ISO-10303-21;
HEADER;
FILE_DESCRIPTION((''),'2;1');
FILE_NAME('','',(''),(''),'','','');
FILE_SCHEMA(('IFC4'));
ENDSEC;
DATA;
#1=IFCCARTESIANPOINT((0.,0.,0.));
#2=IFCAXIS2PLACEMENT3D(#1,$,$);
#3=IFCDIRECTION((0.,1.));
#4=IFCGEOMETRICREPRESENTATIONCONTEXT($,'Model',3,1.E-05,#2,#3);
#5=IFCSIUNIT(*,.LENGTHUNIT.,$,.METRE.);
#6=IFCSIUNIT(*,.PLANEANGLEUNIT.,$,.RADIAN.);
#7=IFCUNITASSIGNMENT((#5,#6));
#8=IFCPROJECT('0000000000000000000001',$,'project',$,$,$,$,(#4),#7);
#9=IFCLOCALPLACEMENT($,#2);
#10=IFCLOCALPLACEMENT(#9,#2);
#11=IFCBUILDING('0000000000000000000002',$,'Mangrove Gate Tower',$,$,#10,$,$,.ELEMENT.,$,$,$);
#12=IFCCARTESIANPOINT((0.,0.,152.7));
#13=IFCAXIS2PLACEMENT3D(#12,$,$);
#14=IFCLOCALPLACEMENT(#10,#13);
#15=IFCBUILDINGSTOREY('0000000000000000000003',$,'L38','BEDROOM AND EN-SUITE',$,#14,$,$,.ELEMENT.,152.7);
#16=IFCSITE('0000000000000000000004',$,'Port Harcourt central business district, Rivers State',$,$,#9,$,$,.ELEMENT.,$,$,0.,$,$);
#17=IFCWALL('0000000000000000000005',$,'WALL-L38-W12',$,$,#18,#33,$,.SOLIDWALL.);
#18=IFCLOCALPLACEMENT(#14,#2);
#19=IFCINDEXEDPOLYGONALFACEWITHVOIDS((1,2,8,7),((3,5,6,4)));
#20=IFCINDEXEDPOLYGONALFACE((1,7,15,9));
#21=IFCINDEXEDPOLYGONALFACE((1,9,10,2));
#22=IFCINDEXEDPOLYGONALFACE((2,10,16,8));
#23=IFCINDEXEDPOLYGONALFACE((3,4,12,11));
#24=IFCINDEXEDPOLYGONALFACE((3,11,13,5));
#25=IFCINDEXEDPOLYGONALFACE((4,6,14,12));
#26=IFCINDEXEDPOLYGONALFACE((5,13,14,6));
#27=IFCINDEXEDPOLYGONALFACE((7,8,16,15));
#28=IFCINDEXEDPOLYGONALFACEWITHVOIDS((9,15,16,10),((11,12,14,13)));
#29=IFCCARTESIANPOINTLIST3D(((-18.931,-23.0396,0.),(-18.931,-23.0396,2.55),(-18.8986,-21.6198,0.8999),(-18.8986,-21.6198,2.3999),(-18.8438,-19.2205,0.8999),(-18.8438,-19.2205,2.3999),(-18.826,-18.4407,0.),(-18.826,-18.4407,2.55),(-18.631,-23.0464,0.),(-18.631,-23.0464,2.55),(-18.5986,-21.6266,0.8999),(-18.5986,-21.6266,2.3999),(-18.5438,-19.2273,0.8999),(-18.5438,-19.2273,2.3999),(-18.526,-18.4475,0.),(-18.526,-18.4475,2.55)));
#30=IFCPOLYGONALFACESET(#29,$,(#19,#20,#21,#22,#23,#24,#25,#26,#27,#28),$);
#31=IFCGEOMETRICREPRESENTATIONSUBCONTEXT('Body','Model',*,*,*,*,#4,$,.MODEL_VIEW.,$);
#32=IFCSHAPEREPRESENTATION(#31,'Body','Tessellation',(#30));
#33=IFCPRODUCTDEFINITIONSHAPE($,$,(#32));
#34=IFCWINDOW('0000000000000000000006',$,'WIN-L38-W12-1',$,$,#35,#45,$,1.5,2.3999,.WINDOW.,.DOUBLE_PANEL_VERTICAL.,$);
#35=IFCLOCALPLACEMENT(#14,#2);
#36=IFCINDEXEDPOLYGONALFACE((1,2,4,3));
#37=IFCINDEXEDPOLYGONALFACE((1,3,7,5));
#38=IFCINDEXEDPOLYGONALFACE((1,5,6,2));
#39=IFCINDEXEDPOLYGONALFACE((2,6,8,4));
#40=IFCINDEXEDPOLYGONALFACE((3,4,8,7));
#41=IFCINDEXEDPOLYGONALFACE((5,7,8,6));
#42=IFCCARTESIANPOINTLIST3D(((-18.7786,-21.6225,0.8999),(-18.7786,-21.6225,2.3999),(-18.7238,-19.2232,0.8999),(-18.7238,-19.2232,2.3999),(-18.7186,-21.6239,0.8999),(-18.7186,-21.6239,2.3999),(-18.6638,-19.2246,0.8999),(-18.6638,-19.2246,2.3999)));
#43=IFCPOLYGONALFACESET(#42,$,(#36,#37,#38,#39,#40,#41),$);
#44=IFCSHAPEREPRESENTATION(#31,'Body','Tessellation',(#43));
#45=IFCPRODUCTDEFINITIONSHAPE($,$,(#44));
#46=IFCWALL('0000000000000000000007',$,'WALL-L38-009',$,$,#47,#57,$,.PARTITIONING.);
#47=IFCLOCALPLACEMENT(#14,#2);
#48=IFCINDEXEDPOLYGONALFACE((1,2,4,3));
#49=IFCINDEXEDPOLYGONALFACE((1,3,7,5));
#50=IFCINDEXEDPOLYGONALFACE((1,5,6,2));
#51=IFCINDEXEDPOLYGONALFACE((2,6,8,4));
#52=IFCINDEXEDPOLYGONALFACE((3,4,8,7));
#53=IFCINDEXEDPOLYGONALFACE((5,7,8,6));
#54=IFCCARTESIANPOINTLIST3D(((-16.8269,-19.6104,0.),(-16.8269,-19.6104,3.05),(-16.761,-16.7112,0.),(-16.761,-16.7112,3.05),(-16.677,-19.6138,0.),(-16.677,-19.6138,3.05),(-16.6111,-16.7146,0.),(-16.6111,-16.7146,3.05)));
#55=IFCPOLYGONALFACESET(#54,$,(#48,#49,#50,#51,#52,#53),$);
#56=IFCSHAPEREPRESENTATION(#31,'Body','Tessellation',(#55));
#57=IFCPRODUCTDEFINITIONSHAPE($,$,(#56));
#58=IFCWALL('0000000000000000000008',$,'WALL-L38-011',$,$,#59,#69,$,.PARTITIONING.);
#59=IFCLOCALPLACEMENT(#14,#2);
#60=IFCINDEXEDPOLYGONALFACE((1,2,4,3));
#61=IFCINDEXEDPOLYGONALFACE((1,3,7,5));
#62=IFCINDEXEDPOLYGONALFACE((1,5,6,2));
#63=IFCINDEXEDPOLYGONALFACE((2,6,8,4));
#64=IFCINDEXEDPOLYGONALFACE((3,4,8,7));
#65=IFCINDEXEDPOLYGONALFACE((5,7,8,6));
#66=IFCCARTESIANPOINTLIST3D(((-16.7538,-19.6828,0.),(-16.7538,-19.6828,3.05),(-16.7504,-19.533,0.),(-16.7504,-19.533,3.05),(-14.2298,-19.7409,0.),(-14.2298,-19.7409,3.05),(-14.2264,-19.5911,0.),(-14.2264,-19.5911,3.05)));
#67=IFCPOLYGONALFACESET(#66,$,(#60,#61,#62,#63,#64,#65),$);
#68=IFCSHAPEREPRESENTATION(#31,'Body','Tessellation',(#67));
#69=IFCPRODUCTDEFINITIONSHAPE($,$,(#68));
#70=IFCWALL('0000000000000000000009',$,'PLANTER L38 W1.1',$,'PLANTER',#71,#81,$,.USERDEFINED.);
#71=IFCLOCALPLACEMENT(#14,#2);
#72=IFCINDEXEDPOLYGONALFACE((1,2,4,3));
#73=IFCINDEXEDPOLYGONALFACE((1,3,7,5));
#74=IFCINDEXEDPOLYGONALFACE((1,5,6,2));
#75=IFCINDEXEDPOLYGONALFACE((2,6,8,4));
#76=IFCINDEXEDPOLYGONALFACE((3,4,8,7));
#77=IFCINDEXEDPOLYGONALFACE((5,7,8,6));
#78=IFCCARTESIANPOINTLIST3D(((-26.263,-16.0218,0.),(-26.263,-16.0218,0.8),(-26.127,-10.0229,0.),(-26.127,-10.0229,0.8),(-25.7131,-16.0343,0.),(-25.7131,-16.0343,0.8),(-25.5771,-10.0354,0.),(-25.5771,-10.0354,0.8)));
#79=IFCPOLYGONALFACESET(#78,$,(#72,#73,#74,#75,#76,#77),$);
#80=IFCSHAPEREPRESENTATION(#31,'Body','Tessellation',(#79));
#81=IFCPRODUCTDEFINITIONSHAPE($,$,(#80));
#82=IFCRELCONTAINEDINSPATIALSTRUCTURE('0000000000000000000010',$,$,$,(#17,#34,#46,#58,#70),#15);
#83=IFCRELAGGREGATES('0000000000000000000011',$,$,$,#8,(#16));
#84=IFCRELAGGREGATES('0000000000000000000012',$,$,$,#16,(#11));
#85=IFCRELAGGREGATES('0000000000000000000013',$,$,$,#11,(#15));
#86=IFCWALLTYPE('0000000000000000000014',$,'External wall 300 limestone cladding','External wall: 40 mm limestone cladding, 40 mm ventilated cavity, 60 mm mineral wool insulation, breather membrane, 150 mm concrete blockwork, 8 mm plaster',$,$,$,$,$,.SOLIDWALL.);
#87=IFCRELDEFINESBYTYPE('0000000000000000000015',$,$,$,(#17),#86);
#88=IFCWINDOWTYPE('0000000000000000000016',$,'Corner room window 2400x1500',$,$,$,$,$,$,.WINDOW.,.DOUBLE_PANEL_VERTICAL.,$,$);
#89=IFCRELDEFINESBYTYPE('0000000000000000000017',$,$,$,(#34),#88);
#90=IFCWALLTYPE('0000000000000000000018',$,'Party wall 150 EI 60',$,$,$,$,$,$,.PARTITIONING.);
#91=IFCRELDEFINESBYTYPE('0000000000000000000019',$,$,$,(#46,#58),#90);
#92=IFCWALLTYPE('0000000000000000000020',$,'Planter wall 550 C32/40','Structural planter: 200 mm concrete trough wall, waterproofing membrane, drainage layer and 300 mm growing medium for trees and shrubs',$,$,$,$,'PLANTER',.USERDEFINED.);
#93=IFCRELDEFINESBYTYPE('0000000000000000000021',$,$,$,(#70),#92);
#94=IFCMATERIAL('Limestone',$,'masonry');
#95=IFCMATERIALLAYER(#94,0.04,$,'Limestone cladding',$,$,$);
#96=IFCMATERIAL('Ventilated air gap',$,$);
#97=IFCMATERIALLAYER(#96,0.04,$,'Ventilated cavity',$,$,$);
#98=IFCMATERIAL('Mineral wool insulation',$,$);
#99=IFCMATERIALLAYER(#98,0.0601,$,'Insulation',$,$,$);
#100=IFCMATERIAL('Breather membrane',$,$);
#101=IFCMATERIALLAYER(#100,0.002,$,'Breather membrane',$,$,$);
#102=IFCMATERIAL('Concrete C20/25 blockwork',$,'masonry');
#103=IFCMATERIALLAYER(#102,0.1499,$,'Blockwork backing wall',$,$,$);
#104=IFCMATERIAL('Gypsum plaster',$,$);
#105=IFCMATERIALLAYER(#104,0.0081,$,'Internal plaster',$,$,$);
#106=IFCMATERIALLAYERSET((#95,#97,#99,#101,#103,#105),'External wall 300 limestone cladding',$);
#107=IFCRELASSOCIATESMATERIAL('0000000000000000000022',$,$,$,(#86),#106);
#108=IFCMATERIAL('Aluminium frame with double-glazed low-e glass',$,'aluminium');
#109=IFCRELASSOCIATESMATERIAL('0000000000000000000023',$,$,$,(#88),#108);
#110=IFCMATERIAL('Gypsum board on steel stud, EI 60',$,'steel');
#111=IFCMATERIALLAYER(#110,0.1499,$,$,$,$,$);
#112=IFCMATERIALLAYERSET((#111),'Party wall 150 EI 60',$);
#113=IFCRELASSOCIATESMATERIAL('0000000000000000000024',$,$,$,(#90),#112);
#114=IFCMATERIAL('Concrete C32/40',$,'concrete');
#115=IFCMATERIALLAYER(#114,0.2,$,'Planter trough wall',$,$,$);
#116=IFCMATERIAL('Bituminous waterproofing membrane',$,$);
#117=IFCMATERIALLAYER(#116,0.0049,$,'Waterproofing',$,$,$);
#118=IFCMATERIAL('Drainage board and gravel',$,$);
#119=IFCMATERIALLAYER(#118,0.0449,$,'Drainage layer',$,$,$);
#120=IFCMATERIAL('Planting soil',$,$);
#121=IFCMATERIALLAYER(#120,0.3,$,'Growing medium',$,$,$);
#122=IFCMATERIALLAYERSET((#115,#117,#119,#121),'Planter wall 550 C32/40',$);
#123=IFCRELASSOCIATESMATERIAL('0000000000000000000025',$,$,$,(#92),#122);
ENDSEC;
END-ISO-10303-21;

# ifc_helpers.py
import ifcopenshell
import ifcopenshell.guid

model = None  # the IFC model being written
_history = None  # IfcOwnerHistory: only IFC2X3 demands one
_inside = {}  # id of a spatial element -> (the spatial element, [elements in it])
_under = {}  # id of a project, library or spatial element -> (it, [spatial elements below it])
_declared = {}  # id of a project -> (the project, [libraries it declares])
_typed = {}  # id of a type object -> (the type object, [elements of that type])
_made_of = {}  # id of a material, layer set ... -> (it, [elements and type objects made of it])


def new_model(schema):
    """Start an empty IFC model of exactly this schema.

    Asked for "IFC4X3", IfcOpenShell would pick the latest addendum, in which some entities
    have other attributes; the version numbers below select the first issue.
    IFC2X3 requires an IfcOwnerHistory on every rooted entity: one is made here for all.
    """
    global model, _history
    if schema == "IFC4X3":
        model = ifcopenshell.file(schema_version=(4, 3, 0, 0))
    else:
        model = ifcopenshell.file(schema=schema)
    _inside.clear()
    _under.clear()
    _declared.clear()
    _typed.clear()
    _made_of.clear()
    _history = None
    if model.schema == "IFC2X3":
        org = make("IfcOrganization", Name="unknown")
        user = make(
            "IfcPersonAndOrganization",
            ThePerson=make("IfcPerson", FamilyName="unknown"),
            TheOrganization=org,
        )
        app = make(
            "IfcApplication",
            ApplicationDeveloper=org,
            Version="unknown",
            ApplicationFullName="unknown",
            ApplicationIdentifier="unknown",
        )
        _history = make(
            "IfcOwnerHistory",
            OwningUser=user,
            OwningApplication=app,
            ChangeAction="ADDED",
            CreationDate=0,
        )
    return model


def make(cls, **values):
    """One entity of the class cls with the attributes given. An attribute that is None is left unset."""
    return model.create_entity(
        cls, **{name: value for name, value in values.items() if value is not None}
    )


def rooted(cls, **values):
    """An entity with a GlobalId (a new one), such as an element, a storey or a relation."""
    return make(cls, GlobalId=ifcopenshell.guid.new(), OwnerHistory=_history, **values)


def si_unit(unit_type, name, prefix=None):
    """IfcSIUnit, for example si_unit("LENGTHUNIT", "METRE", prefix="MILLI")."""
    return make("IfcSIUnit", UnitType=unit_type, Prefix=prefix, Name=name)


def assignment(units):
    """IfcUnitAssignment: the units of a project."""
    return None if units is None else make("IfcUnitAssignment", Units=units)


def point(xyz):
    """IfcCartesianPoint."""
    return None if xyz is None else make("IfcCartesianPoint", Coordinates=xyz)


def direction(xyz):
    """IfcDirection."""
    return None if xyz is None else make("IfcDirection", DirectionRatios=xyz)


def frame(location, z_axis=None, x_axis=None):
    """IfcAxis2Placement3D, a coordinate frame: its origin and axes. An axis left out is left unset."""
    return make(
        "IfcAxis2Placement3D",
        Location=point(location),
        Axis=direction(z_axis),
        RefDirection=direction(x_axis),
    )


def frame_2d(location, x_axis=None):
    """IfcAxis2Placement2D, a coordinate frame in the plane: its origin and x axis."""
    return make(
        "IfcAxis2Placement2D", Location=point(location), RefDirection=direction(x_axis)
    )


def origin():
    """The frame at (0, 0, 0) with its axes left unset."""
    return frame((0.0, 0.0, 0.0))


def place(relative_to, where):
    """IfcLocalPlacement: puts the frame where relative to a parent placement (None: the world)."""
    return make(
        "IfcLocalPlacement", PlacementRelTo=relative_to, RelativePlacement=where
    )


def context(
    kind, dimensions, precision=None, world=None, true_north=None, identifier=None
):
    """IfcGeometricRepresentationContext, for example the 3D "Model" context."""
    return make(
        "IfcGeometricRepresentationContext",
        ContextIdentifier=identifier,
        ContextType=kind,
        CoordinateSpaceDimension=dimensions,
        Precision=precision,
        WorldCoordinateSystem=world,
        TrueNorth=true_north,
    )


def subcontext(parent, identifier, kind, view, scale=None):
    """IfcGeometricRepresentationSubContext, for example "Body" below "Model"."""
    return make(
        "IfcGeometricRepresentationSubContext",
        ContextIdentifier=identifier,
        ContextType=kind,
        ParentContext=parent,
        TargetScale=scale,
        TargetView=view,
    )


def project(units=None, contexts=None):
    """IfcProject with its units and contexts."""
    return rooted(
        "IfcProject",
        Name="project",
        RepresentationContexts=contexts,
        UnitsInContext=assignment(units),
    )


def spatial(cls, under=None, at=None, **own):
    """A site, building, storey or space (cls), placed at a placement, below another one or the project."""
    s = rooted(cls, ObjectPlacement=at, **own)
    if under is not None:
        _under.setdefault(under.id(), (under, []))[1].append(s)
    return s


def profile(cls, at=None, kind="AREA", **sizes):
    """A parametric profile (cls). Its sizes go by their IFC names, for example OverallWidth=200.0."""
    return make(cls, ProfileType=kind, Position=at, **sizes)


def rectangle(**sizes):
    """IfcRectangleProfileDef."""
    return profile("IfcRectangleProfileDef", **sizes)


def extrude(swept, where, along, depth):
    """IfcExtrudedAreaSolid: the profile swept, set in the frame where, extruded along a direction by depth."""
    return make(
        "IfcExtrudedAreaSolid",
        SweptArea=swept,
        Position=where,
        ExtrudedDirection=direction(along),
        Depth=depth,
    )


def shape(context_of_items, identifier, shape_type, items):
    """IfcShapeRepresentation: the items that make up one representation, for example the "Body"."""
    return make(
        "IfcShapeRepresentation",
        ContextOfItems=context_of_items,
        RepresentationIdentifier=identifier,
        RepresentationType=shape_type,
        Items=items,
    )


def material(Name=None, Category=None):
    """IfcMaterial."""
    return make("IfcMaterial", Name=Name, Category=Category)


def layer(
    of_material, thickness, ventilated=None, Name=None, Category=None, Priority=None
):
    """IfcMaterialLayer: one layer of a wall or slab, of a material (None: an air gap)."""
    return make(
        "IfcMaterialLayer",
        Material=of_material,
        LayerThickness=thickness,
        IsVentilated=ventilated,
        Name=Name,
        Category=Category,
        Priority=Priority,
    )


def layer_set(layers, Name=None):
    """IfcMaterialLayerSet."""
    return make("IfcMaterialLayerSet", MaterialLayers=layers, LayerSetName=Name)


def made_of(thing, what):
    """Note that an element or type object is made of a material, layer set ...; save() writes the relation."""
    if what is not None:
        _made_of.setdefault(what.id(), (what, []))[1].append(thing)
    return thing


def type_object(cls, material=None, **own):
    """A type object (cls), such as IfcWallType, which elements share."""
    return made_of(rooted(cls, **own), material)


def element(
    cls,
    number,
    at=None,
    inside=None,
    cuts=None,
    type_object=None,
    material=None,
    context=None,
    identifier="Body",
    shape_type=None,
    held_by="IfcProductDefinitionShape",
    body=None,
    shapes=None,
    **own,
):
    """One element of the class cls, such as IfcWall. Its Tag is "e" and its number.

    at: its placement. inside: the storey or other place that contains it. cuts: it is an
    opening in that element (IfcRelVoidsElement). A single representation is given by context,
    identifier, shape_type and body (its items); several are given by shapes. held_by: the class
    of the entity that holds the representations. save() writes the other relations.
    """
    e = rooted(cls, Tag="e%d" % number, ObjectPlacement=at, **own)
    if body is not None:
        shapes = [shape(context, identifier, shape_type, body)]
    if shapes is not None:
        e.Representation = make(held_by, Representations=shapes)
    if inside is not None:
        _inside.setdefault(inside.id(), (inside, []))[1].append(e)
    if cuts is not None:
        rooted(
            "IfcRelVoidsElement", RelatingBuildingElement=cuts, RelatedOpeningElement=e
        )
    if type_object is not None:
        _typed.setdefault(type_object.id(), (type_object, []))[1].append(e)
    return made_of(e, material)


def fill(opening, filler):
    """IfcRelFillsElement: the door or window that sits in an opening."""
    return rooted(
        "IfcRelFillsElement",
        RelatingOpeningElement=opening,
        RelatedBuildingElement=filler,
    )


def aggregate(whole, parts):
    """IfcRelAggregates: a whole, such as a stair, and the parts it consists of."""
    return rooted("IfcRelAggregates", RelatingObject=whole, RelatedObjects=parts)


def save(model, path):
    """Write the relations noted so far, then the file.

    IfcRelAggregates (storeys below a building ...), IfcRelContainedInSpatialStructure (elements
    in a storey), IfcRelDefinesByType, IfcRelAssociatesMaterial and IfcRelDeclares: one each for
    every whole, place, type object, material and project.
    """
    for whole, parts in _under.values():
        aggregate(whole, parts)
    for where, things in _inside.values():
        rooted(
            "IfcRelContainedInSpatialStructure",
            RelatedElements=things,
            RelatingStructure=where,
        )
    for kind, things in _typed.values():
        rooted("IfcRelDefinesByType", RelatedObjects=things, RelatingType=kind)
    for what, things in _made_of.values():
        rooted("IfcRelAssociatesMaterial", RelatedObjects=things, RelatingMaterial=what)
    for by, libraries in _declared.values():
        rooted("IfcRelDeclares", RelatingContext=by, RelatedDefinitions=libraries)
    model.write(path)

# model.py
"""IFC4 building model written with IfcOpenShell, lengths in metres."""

from ifc_helpers import new_model, si_unit, direction, frame, frame_2d, origin, place, context, subcontext, project, spatial, rectangle, extrude, material, layer, layer_set, type_object, element, fill, save


model = new_model("IFC4")

# Units and contexts
model_context = context("Model", 3, precision=1e-05, world=origin(), true_north=direction((0.0, 1.0)))
body_context = subcontext(model_context, "Body", "Model", "MODEL_VIEW")
ifc_project = project(units=[si_unit("LENGTHUNIT", "METRE"), si_unit("PLANEANGLEUNIT", "RADIAN")], contexts=[model_context])

# Site, building, storey
site_placement = place(None, origin())
site = spatial("IfcSite", under=ifc_project, at=site_placement, Name="Port Harcourt central business district, Rivers State", CompositionType="ELEMENT", RefElevation=0.0)
building_placement = place(site_placement, origin())
building = spatial("IfcBuilding", under=site, at=building_placement, Name="Mangrove Gate Tower", CompositionType="ELEMENT")
storey_placement = place(building_placement, frame((0.0, 0.0, 152.7)))
storey = spatial("IfcBuildingStorey", under=building, at=storey_placement, Name="L38", Description="BEDROOM AND EN-SUITE", CompositionType="ELEMENT", Elevation=152.7)

# Wall, opening, window
ifc_material_1 = material(Name="Limestone", Category="masonry")
ifc_layer_1 = layer(ifc_material_1, 0.04, Name="Limestone cladding")
ifc_material_2 = material(Name="Ventilated air gap")
ifc_layer_2 = layer(ifc_material_2, 0.04, Name="Ventilated cavity")
ifc_material_3 = material(Name="Mineral wool insulation")
ifc_layer_3 = layer(ifc_material_3, 0.0601, Name="Insulation")
ifc_material_4 = material(Name="Breather membrane")
ifc_layer_4 = layer(ifc_material_4, 0.002, Name="Breather membrane")
ifc_material_5 = material(Name="Concrete C20/25 blockwork", Category="masonry")
ifc_layer_5 = layer(ifc_material_5, 0.1499, Name="Blockwork backing wall")
ifc_material_6 = material(Name="Gypsum plaster")
ifc_layer_6 = layer(ifc_material_6, 0.0081, Name="Internal plaster")
ifc_layer_set_1 = layer_set([ifc_layer_1, ifc_layer_2, ifc_layer_3, ifc_layer_4, ifc_layer_5, ifc_layer_6], Name="External wall 300 limestone cladding")
wall_type_1 = type_object("IfcWallType", Name="External wall 300 limestone cladding", Description="External wall: 40 mm limestone cladding, 40 mm ventilated cavity, 60 mm mineral wool insulation, breather membrane, 150 mm concrete blockwork, 8 mm plaster", PredefinedType="SOLIDWALL", material=ifc_layer_set_1)
ifc_material_7 = material(Name="Aluminium frame with double-glazed low-e glass", Category="aluminium")
window_type = type_object("IfcWindowType", Name="Corner room window 2400x1500", PartitioningType="DOUBLE_PANEL_VERTICAL", PredefinedType="WINDOW", material=ifc_material_7)
wall_1_placement = place(storey_placement, frame((-18.676, -18.4441, 0.0), z_axis=(0.0, 0.0, 1.0), x_axis=(-0.022821, -0.99974, 0.0)))
wall_1 = element("IfcWall", 1, at=wall_1_placement, inside=storey, type_object=wall_type_1, Name="WALL-L38-W12", PredefinedType="SOLIDWALL", context=body_context, shape_type="SweptSolid", body=[
    extrude(rectangle(XDim=4.6001, YDim=0.3, at=frame_2d((2.3, 0.0))), origin(), (0.0, 0.0, 1.0), 2.55),
])
opening_1_placement = place(wall_1_placement, frame((0.78, 0.0, 0.8999)))
opening_1 = element("IfcOpeningElement", 2, at=opening_1_placement, cuts=wall_1, PredefinedType="OPENING", context=body_context, shape_type="SweptSolid", body=[
    extrude(rectangle(XDim=2.3999, YDim=1.5, at=frame_2d((1.2, 0.75))), frame((0.0, 0.1599, 0.0), z_axis=(0.0, -1.0, 0.0), x_axis=(1.0, 0.0, 0.0)), (0.0, 0.0, 1.0), 0.3201),
])
window_1_placement = place(opening_1_placement, origin())
window_1 = element("IfcWindow", 3, at=window_1_placement, inside=storey, type_object=window_type, Name="WIN-L38-W12-1", OverallHeight=1.5, OverallWidth=2.3999, PartitioningType="DOUBLE_PANEL_VERTICAL", PredefinedType="WINDOW", context=body_context, shape_type="SweptSolid", body=[
    extrude(rectangle(XDim=2.3999, YDim=1.5, at=frame_2d((1.2, 0.75))), frame((0.0, 0.03, 0.0), z_axis=(0.0, -1.0, 0.0), x_axis=(1.0, 0.0, 0.0)), (0.0, 0.0, 1.0), 0.0601),
])
fill(opening_1, window_1)

# Walls
ifc_material_8 = material(Name="Gypsum board on steel stud, EI 60", Category="steel")
ifc_layer_7 = layer(ifc_material_8, 0.1499)
ifc_layer_set_2 = layer_set([ifc_layer_7], Name="Party wall 150 EI 60")
wall_type_2 = type_object("IfcWallType", Name="Party wall 150 EI 60", PredefinedType="PARTITIONING", material=ifc_layer_set_2)
wall_2_placement = place(storey_placement, frame((-16.752, -19.6121, 0.0), z_axis=(0.0, 0.0, 1.0), x_axis=(0.022731, 0.999742, 0.0)))
element("IfcWall", 4, at=wall_2_placement, inside=storey, type_object=wall_type_2, Name="WALL-L38-009", PredefinedType="PARTITIONING", context=body_context, shape_type="SweptSolid", body=[
    extrude(rectangle(XDim=2.8999, YDim=0.1499, at=frame_2d((1.45, 0.0))), origin(), (0.0, 0.0, 1.0), 3.05),
])
wall_3_placement = place(storey_placement, frame((-16.752, -19.6079, 0.0), z_axis=(0.0, 0.0, 1.0), x_axis=(0.999735, -0.023016, 0.0)))
element("IfcWall", 5, at=wall_3_placement, inside=storey, type_object=wall_type_2, Name="WALL-L38-011", PredefinedType="PARTITIONING", context=body_context, shape_type="SweptSolid", body=[
    extrude(rectangle(XDim=2.5247, YDim=0.1499, at=frame_2d((1.2622, 0.0))), origin(), (0.0, 0.0, 1.0), 3.05),
])
ifc_material_9 = material(Name="Concrete C32/40", Category="concrete")
ifc_layer_8 = layer(ifc_material_9, 0.2, Name="Planter trough wall")
ifc_material_10 = material(Name="Bituminous waterproofing membrane")
ifc_layer_9 = layer(ifc_material_10, 0.0049, Name="Waterproofing")
ifc_material_11 = material(Name="Drainage board and gravel")
ifc_layer_10 = layer(ifc_material_11, 0.0449, Name="Drainage layer")
ifc_material_12 = material(Name="Planting soil")
ifc_layer_11 = layer(ifc_material_12, 0.3, Name="Growing medium")
ifc_layer_set_3 = layer_set([ifc_layer_8, ifc_layer_9, ifc_layer_10, ifc_layer_11], Name="Planter wall 550 C32/40")
wall_type_3 = type_object("IfcWallType", Name="Planter wall 550 C32/40", Description="Structural planter: 200 mm concrete trough wall, waterproofing membrane, drainage layer and 300 mm growing medium for trees and shrubs", ElementType="PLANTER", PredefinedType="USERDEFINED", material=ifc_layer_set_3)
wall_4_placement = place(storey_placement, frame((-25.988, -16.0281, 0.0), z_axis=(0.0, 0.0, 1.0), x_axis=(0.022662, 0.999743, 0.0)))
element("IfcWall", 6, at=wall_4_placement, inside=storey, type_object=wall_type_3, Name="PLANTER L38 W1.1", ObjectType="PLANTER", PredefinedType="USERDEFINED", context=body_context, shape_type="SweptSolid", body=[
    extrude(rectangle(XDim=6.0005, YDim=0.55, at=frame_2d((3.0002, 0.0))), origin(), (0.0, 0.0, 1.0), 0.8),
])

save(model, "model.ifc")
